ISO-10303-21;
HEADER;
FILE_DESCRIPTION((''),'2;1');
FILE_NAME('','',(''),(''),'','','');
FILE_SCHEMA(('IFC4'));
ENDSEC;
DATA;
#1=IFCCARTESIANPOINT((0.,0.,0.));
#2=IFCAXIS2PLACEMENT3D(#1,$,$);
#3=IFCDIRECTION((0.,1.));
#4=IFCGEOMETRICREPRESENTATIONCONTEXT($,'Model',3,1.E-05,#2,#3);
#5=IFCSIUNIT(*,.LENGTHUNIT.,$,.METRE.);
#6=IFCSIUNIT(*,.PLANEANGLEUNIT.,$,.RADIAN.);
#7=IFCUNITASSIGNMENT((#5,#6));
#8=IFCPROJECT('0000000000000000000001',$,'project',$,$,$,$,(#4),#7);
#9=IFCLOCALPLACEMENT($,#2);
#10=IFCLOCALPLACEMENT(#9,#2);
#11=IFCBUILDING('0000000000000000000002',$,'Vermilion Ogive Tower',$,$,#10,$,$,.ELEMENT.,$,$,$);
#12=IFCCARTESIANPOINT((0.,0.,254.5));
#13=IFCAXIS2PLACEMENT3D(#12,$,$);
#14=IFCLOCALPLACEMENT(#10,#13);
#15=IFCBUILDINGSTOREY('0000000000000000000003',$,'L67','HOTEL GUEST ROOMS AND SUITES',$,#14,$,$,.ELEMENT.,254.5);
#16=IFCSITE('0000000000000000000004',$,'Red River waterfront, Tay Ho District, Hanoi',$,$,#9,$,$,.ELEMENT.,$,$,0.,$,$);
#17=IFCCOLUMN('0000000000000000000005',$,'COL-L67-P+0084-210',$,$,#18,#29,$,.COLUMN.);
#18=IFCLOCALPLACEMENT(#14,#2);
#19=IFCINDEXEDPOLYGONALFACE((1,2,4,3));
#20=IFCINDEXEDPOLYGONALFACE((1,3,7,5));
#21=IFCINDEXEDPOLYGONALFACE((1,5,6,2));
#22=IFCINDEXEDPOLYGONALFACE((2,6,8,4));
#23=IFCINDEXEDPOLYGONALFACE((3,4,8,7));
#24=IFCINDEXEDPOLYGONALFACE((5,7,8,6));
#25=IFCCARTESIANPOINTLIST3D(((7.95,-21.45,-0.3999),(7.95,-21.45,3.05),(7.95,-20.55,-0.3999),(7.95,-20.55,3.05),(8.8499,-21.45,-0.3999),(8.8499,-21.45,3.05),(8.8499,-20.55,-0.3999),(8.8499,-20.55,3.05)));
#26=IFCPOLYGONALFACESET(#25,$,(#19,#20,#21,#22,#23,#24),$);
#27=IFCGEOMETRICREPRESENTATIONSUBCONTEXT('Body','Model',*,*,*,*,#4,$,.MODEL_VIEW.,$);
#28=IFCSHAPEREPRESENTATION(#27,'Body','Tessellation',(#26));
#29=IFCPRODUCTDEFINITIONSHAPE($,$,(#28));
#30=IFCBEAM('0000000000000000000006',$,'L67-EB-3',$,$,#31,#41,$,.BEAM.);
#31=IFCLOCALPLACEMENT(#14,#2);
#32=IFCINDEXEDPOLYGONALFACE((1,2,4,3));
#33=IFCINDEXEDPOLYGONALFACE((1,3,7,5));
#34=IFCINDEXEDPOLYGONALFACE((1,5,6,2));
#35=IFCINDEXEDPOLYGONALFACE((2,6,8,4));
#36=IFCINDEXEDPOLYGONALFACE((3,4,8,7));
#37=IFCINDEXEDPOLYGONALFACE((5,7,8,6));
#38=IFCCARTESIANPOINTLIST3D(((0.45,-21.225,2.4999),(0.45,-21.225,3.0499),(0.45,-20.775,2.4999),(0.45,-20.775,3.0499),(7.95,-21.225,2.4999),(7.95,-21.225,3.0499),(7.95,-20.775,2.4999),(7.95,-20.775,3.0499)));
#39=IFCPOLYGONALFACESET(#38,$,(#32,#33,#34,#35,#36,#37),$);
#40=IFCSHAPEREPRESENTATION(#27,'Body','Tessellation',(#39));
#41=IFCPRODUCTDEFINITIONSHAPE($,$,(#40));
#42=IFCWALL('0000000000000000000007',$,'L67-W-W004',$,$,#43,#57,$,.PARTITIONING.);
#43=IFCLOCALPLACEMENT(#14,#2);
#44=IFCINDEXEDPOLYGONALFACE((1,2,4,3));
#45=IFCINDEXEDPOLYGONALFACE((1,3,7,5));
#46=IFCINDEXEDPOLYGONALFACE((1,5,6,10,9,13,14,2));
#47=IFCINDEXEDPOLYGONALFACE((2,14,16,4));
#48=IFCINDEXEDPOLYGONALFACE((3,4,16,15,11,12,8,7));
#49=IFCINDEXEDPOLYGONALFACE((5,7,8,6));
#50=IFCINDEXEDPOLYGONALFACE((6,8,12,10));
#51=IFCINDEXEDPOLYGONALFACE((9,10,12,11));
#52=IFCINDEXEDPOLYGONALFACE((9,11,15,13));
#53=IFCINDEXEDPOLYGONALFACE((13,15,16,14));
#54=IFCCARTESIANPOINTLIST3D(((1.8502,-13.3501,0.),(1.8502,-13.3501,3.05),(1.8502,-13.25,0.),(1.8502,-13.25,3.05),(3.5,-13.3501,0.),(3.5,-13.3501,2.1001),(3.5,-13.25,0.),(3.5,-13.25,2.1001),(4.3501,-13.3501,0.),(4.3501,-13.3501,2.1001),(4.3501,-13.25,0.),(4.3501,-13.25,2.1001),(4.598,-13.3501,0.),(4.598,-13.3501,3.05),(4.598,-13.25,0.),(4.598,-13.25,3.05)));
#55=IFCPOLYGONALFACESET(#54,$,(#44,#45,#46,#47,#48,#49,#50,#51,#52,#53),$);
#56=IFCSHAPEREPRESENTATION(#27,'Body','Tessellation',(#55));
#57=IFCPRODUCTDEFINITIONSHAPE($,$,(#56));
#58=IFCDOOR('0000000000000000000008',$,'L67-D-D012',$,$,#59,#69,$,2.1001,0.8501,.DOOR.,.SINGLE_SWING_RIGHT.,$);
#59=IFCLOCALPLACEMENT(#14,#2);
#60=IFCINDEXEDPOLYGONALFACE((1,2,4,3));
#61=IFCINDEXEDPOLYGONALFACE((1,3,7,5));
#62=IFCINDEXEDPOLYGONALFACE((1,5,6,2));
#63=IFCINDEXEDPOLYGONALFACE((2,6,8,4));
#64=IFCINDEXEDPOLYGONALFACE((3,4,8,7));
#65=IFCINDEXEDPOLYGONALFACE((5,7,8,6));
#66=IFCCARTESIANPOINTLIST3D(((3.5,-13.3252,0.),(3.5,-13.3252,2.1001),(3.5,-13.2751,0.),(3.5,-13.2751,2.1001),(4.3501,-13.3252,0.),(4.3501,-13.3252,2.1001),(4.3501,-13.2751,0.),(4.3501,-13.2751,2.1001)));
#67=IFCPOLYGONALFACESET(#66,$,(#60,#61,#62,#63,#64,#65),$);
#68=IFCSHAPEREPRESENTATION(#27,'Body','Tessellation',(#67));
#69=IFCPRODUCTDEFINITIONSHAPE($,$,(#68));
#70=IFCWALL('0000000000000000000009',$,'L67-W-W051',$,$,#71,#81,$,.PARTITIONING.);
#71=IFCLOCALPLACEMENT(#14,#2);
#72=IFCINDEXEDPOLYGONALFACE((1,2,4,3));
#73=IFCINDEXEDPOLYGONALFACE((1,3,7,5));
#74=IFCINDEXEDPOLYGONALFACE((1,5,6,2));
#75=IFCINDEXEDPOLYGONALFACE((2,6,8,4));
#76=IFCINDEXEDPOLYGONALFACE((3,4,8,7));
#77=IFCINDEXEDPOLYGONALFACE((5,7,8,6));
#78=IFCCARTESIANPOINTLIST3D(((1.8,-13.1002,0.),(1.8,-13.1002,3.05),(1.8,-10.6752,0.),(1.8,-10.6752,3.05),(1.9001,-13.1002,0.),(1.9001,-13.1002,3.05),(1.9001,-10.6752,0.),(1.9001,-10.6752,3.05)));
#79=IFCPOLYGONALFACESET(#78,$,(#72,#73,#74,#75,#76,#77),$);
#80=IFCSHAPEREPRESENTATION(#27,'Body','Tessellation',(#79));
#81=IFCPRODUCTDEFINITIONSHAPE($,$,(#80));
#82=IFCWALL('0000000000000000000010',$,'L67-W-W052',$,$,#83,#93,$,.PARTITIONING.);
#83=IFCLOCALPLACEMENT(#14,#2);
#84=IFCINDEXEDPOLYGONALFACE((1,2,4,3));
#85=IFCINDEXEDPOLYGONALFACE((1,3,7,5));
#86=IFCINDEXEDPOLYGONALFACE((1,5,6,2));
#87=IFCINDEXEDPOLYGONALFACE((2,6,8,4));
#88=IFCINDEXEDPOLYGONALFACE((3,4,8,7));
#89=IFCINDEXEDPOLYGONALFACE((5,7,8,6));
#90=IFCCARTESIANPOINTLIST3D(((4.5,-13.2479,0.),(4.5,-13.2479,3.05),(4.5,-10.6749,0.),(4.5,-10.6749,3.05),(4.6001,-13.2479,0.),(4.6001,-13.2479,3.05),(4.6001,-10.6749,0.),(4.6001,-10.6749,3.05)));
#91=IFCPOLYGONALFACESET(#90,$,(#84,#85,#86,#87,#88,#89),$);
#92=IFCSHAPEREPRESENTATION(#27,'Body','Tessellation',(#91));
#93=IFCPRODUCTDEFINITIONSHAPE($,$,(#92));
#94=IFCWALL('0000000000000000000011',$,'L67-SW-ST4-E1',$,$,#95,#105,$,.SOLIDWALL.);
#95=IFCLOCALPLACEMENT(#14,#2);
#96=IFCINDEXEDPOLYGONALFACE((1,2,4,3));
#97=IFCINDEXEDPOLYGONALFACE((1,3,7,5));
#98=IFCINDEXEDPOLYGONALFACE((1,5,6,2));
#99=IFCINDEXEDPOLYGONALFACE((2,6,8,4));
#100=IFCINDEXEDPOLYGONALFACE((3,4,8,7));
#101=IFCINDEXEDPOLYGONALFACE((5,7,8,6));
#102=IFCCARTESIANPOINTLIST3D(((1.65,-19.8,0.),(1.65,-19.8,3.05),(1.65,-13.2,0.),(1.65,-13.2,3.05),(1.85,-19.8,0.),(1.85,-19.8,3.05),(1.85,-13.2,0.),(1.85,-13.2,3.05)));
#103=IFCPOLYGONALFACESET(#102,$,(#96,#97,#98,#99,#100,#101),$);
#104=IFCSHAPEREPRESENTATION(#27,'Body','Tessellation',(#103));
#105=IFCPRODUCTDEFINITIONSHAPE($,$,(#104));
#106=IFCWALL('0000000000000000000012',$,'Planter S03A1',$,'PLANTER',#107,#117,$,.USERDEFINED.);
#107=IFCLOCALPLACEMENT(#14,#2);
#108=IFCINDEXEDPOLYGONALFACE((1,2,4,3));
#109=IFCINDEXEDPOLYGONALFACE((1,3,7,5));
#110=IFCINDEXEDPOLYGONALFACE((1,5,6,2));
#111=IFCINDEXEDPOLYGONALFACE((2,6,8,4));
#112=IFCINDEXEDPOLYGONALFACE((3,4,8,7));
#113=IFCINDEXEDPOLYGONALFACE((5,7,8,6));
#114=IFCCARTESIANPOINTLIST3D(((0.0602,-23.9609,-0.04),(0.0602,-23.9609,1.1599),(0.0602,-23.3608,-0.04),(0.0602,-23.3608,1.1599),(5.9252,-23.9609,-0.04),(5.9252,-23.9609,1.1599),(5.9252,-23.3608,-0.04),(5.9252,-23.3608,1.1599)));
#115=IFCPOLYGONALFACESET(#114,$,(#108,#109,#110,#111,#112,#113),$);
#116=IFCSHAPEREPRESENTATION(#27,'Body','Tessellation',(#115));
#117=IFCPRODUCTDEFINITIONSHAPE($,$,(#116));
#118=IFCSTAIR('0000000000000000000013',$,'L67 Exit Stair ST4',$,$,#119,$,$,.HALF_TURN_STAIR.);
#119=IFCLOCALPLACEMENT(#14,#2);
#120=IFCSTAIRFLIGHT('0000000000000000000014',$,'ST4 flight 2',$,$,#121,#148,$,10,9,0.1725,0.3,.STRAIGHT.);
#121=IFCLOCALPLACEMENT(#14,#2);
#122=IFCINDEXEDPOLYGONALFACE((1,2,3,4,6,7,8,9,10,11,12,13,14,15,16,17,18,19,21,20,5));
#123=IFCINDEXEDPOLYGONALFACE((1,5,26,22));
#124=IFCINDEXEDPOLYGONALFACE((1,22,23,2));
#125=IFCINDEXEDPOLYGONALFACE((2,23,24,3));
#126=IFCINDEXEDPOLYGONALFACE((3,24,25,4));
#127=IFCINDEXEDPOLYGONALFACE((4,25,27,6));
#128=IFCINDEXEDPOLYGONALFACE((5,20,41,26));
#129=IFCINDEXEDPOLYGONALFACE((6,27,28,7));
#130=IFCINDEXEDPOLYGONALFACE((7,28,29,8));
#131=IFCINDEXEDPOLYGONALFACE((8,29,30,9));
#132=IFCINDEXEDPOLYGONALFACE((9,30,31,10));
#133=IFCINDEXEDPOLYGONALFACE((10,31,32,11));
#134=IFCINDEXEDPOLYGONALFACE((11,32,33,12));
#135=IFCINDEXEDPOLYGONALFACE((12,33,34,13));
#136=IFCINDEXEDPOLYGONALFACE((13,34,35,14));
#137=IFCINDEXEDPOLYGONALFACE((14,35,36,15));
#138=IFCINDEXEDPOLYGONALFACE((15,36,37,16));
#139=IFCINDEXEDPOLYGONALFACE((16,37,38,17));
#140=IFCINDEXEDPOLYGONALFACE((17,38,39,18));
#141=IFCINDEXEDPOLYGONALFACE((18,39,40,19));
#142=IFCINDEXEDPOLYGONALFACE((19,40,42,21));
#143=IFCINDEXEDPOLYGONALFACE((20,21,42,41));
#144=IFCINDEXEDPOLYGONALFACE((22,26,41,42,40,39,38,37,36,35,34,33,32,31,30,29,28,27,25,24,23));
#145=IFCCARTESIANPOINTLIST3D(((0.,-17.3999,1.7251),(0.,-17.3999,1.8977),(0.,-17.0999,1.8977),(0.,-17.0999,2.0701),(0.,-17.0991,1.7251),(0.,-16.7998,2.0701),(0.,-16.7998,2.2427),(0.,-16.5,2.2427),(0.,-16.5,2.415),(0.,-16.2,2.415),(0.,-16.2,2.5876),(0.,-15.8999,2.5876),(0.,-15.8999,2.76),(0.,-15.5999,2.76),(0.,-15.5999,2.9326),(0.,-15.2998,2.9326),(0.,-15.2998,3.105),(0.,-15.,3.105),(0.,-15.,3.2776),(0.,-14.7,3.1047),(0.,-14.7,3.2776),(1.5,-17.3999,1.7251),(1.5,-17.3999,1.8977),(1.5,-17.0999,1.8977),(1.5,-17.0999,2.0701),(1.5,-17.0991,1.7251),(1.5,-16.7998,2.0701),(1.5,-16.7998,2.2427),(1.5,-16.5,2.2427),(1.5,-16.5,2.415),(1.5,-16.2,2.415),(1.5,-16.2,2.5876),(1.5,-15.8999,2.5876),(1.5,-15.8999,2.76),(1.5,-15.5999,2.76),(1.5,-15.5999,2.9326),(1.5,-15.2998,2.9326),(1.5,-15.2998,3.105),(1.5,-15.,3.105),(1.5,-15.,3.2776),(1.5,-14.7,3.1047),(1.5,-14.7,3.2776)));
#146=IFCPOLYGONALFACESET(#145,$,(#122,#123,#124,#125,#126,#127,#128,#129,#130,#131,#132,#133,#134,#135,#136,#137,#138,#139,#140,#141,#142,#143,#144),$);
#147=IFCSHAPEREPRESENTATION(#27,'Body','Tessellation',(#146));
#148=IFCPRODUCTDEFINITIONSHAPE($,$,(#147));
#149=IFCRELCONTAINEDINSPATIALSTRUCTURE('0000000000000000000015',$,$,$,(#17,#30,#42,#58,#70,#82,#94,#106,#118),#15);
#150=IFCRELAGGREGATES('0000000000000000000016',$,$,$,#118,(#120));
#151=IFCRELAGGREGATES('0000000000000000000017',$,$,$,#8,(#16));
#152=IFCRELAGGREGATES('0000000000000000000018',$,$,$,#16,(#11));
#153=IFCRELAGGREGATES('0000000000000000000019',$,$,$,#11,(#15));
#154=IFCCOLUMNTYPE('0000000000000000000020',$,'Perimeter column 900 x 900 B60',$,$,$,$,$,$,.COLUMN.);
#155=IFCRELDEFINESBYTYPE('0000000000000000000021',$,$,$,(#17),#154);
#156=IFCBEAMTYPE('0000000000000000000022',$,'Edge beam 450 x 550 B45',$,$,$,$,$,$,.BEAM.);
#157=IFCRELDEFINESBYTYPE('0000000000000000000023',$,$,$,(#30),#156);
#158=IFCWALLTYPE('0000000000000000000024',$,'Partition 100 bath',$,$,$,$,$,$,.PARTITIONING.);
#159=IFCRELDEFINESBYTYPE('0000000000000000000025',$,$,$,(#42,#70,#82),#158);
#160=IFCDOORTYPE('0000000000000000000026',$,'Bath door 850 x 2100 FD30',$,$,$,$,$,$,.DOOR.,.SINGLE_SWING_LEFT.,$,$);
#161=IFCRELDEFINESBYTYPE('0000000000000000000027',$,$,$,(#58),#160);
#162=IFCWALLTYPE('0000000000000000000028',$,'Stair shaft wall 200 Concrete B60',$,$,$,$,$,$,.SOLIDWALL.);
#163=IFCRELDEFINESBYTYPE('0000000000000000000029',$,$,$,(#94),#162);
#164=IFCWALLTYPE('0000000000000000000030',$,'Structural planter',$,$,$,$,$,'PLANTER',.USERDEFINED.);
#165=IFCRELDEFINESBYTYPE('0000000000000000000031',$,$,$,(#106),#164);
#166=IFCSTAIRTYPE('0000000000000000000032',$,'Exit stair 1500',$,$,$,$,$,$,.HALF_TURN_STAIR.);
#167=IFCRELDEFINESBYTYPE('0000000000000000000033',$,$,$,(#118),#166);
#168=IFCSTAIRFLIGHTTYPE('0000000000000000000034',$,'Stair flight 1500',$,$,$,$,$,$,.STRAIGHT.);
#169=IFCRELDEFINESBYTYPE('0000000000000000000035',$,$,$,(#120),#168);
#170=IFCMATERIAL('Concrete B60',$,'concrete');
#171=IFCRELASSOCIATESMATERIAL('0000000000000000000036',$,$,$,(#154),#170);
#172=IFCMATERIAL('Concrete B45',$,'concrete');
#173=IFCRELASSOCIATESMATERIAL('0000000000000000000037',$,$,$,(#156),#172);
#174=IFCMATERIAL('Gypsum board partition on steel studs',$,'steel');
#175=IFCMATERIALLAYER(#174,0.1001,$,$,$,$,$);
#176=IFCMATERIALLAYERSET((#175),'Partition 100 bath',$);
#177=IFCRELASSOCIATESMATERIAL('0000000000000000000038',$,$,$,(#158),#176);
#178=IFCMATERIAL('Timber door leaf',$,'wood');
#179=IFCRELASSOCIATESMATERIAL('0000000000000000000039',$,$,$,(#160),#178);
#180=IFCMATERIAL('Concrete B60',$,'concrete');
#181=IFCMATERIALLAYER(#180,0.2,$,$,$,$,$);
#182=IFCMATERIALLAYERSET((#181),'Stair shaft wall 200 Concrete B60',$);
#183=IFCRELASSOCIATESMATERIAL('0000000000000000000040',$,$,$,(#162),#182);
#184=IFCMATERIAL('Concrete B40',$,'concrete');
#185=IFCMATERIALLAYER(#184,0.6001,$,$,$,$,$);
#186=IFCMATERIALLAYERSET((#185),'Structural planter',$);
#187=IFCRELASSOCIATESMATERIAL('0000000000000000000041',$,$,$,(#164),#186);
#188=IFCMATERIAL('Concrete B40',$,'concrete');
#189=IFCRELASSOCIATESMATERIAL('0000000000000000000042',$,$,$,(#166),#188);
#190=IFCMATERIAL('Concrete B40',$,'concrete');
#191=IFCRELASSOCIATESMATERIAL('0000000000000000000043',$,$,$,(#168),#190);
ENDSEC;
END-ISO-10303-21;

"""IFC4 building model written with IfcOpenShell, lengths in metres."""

from ifc_helpers import new_model, si_unit, direction, frame, frame_2d, origin, origin_2d, place, context, subcontext, project, spatial, polyline, rectangle, outline, extrude, material, layer, layer_set, material_profile, profile_set, type_object, element, fill, aggregate, save


model = new_model("IFC4")

# Units and contexts
model_context = context("Model", 3, precision=1e-05, world=origin(), true_north=direction((0.0, 1.0)))
body_context = subcontext(model_context, "Body", "Model", "MODEL_VIEW")
ifc_project = project(units=[si_unit("LENGTHUNIT", "METRE"), si_unit("PLANEANGLEUNIT", "RADIAN")], contexts=[model_context])

# Site, building, storey
site_placement = place(None, origin())
site = spatial("IfcSite", under=ifc_project, at=site_placement, Name="Red River waterfront, Tay Ho District, Hanoi", CompositionType="ELEMENT", RefElevation=0.0)
building_placement = place(site_placement, origin())
building = spatial("IfcBuilding", under=site, at=building_placement, Name="Vermilion Ogive Tower", CompositionType="ELEMENT")
storey_placement = place(building_placement, frame((0.0, 0.0, 254.5)))
storey = spatial("IfcBuildingStorey", under=building, at=storey_placement, Name="L67", Description="HOTEL GUEST ROOMS AND SUITES", CompositionType="ELEMENT", Elevation=254.5)

# Column
ifc_material_1 = material(Name="Concrete B60", Category="concrete")
ifc_material_profile_1 = material_profile(ifc_material_1, rectangle(XDim=0.8999, YDim=0.8999, at=origin_2d()), Name="900 x 900")
ifc_profile_set_1 = profile_set([ifc_material_profile_1], Name="Concrete B60")
column_type = type_object("IfcColumnType", Name="Perimeter column 900 x 900 B60", PredefinedType="COLUMN", material=ifc_profile_set_1)
column_placement = place(storey_placement, frame((8.3999, -21.0, -0.3999), z_axis=(0.0, 0.0, 1.0), x_axis=(1.0, 0.0, 0.0)))
element("IfcColumn", 1, at=column_placement, inside=storey, type_object=column_type, Name="COL-L67-P+0084-210", PredefinedType="COLUMN", context=body_context, shape_type="SweptSolid", body=[
    extrude(rectangle(XDim=0.8999, YDim=0.8999, at=origin_2d()), origin(), (0.0, 0.0, 1.0), 3.45),
])

# Beam
ifc_material_2 = material(Name="Concrete B45", Category="concrete")
ifc_material_profile_2 = material_profile(ifc_material_2, rectangle(XDim=0.45, YDim=0.55, at=origin_2d()), Name="450 x 550")
ifc_profile_set_2 = profile_set([ifc_material_profile_2], Name="Concrete B45")
beam_type = type_object("IfcBeamType", Name="Edge beam 450 x 550 B45", PredefinedType="BEAM", material=ifc_profile_set_2)
beam_placement = place(storey_placement, frame((0.45, -21.0, 2.7749), z_axis=(1.0, 0.0, 0.0), x_axis=(0.0, 1.0, 0.0)))
element("IfcBeam", 2, at=beam_placement, inside=storey, type_object=beam_type, Name="L67-EB-3", PredefinedType="BEAM", context=body_context, shape_type="SweptSolid", body=[
    extrude(rectangle(XDim=0.45, YDim=0.55, at=origin_2d()), origin(), (0.0, 0.0, 1.0), 7.5),
])

# Wall, opening, door
ifc_material_3 = material(Name="Gypsum board partition on steel studs", Category="steel")
ifc_layer_1 = layer(ifc_material_3, 0.1001)
ifc_layer_set_1 = layer_set([ifc_layer_1], Name="Partition 100 bath")
wall_type_1 = type_object("IfcWallType", Name="Partition 100 bath", PredefinedType="PARTITIONING", material=ifc_layer_set_1)
wall_1_placement = place(storey_placement, frame((1.8501, -13.3, 0.0), z_axis=(0.0, 0.0, 1.0), x_axis=(1.0, 0.0, 0.0)))
wall_1 = element("IfcWall", 3, at=wall_1_placement, inside=storey, type_object=wall_type_1, Name="L67-W-W004", PredefinedType="PARTITIONING", context=body_context, shape_type="SweptSolid", body=[
    extrude(rectangle(XDim=2.7478, YDim=0.1001, at=frame_2d((1.374, 0.0))), origin(), (0.0, 0.0, 1.0), 3.05),
])
opening_1_placement = place(wall_1_placement, frame((1.6499, 0.0, 0.0)))
opening_1 = element("IfcOpeningElement", 4, at=opening_1_placement, cuts=wall_1, PredefinedType="OPENING", context=body_context, shape_type="SweptSolid", body=[
    extrude(rectangle(XDim=0.8501, YDim=2.1001, at=frame_2d((0.425, 1.05))), frame((0.0, 0.0601, 0.0), z_axis=(0.0, -1.0, 0.0), x_axis=(1.0, 0.0, 0.0)), (0.0, 0.0, 1.0), 0.1201),
])
ifc_material_4 = material(Name="Timber door leaf", Category="wood")
door_type_1 = type_object("IfcDoorType", Name="Bath door 850 x 2100 FD30", OperationType="SINGLE_SWING_LEFT", PredefinedType="DOOR", material=ifc_material_4)
door_1_placement = place(opening_1_placement, origin())
door_1 = element("IfcDoor", 5, at=door_1_placement, inside=storey, type_object=door_type_1, Name="L67-D-D012", OperationType="SINGLE_SWING_RIGHT", OverallHeight=2.1001, OverallWidth=0.8501, PredefinedType="DOOR", context=body_context, shape_type="SweptSolid", body=[
    extrude(rectangle(XDim=0.8501, YDim=2.1001, at=frame_2d((0.425, 1.05))), frame((0.0, 0.0249, 0.0), z_axis=(0.0, -1.0, 0.0), x_axis=(1.0, 0.0, 0.0)), (0.0, 0.0, 1.0), 0.05),
])
fill(opening_1, door_1)

# Walls
wall_2_placement = place(storey_placement, frame((1.8501, -13.1001, 0.0), z_axis=(0.0, 0.0, 1.0), x_axis=(0.0, 1.0, 0.0)))
element("IfcWall", 6, at=wall_2_placement, inside=storey, type_object=wall_type_1, Name="L67-W-W051", PredefinedType="PARTITIONING", context=body_context, shape_type="SweptSolid", body=[
    extrude(rectangle(XDim=2.425, YDim=0.1001, at=frame_2d((1.2124, 0.0))), origin(), (0.0, 0.0, 1.0), 3.05),
])
wall_3_placement = place(storey_placement, frame((4.55, -13.248, 0.0), z_axis=(0.0, 0.0, 1.0), x_axis=(0.0, 1.0, 0.0)))
element("IfcWall", 7, at=wall_3_placement, inside=storey, type_object=wall_type_1, Name="L67-W-W052", PredefinedType="PARTITIONING", context=body_context, shape_type="SweptSolid", body=[
    extrude(rectangle(XDim=2.573, YDim=0.1001, at=frame_2d((1.2866, 0.0))), origin(), (0.0, 0.0, 1.0), 3.05),
])
ifc_material_5 = material(Name="Concrete B60", Category="concrete")
ifc_layer_2 = layer(ifc_material_5, 0.2)
ifc_layer_set_2 = layer_set([ifc_layer_2], Name="Stair shaft wall 200 Concrete B60")
wall_type_2 = type_object("IfcWallType", Name="Stair shaft wall 200 Concrete B60", PredefinedType="SOLIDWALL", material=ifc_layer_set_2)
wall_4_placement = place(storey_placement, frame((1.75, -19.8, 0.0), z_axis=(0.0, 0.0, 1.0), x_axis=(0.0, 1.0, 0.0)))
element("IfcWall", 8, at=wall_4_placement, inside=storey, type_object=wall_type_2, Name="L67-SW-ST4-E1", PredefinedType="SOLIDWALL", context=body_context, shape_type="SweptSolid", body=[
    extrude(rectangle(XDim=6.6001, YDim=0.2, at=frame_2d((3.3, 0.0))), origin(), (0.0, 0.0, 1.0), 3.05),
])
ifc_material_6 = material(Name="Concrete B40", Category="concrete")
ifc_layer_3 = layer(ifc_material_6, 0.6001)
ifc_layer_set_3 = layer_set([ifc_layer_3], Name="Structural planter")
wall_type_3 = type_object("IfcWallType", Name="Structural planter", ElementType="PLANTER", PredefinedType="USERDEFINED", material=ifc_layer_set_3)
wall_5_placement = place(storey_placement, frame((0.0601, -23.6609, -0.04), z_axis=(0.0, 0.0, 1.0), x_axis=(1.0, 0.0, 0.0)))
element("IfcWall", 9, at=wall_5_placement, inside=storey, type_object=wall_type_3, Name="Planter S03A1", ObjectType="PLANTER", PredefinedType="USERDEFINED", context=body_context, shape_type="SweptSolid", body=[
    extrude(rectangle(XDim=5.865, YDim=0.6001, at=frame_2d((2.9326, 0.0))), origin(), (0.0, 0.0, 1.0), 1.2),
])

# Stair, stair flight
ifc_material_7 = material(Name="Concrete B40", Category="concrete")
stair_type = type_object("IfcStairType", Name="Exit stair 1500", PredefinedType="HALF_TURN_STAIR", material=ifc_material_7)
stair_placement = place(storey_placement, origin())
stair = element("IfcStair", 10, at=stair_placement, inside=storey, type_object=stair_type, Name="L67 Exit Stair ST4", PredefinedType="HALF_TURN_STAIR")
ifc_material_8 = material(Name="Concrete B40", Category="concrete")
stair_flight_type = type_object("IfcStairFlightType", Name="Stair flight 1500", PredefinedType="STRAIGHT", material=ifc_material_8)
stair_flight_placement = place(storey_placement, frame((0.75, -17.3999, 1.7251), z_axis=(0.0, 0.0, 1.0), x_axis=(0.0, 1.0, 0.0)))
stair_flight = element("IfcStairFlight", 11, at=stair_flight_placement, type_object=stair_flight_type, Name="ST4 flight 2", NumberOfRisers=10, NumberOfTreads=9, PredefinedType="STRAIGHT", RiserHeight=0.1725, TreadLength=0.3, context=body_context, shape_type="SweptSolid", body=[
    extrude(outline(polyline([(0.0, 0.0), (0.0, 0.1726), (0.3, 0.1726), (0.3, 0.345), (0.6001, 0.345), (0.6001, 0.5176), (0.8999, 0.5176), (0.8999, 0.6899), (1.2, 0.6899), (1.2, 0.8625), (1.5, 0.8625), (1.5, 1.0349), (1.8, 1.0349), (1.8, 1.2075), (2.1001, 1.2075), (2.1001, 1.3799), (2.3999, 1.3799), (2.3999, 1.5525), (2.7, 1.5525), (2.7, 1.7251), (2.7, 1.3796), (0.3008, 0.0), (0.0, 0.0)])), frame((0.0, 0.75, 0.0), z_axis=(0.0, -1.0, 0.0), x_axis=(1.0, 0.0, 0.0)), (0.0, 0.0, 1.0), 1.5),
])
aggregate(stair, [stair_flight])

save(model, "model.ifc")
